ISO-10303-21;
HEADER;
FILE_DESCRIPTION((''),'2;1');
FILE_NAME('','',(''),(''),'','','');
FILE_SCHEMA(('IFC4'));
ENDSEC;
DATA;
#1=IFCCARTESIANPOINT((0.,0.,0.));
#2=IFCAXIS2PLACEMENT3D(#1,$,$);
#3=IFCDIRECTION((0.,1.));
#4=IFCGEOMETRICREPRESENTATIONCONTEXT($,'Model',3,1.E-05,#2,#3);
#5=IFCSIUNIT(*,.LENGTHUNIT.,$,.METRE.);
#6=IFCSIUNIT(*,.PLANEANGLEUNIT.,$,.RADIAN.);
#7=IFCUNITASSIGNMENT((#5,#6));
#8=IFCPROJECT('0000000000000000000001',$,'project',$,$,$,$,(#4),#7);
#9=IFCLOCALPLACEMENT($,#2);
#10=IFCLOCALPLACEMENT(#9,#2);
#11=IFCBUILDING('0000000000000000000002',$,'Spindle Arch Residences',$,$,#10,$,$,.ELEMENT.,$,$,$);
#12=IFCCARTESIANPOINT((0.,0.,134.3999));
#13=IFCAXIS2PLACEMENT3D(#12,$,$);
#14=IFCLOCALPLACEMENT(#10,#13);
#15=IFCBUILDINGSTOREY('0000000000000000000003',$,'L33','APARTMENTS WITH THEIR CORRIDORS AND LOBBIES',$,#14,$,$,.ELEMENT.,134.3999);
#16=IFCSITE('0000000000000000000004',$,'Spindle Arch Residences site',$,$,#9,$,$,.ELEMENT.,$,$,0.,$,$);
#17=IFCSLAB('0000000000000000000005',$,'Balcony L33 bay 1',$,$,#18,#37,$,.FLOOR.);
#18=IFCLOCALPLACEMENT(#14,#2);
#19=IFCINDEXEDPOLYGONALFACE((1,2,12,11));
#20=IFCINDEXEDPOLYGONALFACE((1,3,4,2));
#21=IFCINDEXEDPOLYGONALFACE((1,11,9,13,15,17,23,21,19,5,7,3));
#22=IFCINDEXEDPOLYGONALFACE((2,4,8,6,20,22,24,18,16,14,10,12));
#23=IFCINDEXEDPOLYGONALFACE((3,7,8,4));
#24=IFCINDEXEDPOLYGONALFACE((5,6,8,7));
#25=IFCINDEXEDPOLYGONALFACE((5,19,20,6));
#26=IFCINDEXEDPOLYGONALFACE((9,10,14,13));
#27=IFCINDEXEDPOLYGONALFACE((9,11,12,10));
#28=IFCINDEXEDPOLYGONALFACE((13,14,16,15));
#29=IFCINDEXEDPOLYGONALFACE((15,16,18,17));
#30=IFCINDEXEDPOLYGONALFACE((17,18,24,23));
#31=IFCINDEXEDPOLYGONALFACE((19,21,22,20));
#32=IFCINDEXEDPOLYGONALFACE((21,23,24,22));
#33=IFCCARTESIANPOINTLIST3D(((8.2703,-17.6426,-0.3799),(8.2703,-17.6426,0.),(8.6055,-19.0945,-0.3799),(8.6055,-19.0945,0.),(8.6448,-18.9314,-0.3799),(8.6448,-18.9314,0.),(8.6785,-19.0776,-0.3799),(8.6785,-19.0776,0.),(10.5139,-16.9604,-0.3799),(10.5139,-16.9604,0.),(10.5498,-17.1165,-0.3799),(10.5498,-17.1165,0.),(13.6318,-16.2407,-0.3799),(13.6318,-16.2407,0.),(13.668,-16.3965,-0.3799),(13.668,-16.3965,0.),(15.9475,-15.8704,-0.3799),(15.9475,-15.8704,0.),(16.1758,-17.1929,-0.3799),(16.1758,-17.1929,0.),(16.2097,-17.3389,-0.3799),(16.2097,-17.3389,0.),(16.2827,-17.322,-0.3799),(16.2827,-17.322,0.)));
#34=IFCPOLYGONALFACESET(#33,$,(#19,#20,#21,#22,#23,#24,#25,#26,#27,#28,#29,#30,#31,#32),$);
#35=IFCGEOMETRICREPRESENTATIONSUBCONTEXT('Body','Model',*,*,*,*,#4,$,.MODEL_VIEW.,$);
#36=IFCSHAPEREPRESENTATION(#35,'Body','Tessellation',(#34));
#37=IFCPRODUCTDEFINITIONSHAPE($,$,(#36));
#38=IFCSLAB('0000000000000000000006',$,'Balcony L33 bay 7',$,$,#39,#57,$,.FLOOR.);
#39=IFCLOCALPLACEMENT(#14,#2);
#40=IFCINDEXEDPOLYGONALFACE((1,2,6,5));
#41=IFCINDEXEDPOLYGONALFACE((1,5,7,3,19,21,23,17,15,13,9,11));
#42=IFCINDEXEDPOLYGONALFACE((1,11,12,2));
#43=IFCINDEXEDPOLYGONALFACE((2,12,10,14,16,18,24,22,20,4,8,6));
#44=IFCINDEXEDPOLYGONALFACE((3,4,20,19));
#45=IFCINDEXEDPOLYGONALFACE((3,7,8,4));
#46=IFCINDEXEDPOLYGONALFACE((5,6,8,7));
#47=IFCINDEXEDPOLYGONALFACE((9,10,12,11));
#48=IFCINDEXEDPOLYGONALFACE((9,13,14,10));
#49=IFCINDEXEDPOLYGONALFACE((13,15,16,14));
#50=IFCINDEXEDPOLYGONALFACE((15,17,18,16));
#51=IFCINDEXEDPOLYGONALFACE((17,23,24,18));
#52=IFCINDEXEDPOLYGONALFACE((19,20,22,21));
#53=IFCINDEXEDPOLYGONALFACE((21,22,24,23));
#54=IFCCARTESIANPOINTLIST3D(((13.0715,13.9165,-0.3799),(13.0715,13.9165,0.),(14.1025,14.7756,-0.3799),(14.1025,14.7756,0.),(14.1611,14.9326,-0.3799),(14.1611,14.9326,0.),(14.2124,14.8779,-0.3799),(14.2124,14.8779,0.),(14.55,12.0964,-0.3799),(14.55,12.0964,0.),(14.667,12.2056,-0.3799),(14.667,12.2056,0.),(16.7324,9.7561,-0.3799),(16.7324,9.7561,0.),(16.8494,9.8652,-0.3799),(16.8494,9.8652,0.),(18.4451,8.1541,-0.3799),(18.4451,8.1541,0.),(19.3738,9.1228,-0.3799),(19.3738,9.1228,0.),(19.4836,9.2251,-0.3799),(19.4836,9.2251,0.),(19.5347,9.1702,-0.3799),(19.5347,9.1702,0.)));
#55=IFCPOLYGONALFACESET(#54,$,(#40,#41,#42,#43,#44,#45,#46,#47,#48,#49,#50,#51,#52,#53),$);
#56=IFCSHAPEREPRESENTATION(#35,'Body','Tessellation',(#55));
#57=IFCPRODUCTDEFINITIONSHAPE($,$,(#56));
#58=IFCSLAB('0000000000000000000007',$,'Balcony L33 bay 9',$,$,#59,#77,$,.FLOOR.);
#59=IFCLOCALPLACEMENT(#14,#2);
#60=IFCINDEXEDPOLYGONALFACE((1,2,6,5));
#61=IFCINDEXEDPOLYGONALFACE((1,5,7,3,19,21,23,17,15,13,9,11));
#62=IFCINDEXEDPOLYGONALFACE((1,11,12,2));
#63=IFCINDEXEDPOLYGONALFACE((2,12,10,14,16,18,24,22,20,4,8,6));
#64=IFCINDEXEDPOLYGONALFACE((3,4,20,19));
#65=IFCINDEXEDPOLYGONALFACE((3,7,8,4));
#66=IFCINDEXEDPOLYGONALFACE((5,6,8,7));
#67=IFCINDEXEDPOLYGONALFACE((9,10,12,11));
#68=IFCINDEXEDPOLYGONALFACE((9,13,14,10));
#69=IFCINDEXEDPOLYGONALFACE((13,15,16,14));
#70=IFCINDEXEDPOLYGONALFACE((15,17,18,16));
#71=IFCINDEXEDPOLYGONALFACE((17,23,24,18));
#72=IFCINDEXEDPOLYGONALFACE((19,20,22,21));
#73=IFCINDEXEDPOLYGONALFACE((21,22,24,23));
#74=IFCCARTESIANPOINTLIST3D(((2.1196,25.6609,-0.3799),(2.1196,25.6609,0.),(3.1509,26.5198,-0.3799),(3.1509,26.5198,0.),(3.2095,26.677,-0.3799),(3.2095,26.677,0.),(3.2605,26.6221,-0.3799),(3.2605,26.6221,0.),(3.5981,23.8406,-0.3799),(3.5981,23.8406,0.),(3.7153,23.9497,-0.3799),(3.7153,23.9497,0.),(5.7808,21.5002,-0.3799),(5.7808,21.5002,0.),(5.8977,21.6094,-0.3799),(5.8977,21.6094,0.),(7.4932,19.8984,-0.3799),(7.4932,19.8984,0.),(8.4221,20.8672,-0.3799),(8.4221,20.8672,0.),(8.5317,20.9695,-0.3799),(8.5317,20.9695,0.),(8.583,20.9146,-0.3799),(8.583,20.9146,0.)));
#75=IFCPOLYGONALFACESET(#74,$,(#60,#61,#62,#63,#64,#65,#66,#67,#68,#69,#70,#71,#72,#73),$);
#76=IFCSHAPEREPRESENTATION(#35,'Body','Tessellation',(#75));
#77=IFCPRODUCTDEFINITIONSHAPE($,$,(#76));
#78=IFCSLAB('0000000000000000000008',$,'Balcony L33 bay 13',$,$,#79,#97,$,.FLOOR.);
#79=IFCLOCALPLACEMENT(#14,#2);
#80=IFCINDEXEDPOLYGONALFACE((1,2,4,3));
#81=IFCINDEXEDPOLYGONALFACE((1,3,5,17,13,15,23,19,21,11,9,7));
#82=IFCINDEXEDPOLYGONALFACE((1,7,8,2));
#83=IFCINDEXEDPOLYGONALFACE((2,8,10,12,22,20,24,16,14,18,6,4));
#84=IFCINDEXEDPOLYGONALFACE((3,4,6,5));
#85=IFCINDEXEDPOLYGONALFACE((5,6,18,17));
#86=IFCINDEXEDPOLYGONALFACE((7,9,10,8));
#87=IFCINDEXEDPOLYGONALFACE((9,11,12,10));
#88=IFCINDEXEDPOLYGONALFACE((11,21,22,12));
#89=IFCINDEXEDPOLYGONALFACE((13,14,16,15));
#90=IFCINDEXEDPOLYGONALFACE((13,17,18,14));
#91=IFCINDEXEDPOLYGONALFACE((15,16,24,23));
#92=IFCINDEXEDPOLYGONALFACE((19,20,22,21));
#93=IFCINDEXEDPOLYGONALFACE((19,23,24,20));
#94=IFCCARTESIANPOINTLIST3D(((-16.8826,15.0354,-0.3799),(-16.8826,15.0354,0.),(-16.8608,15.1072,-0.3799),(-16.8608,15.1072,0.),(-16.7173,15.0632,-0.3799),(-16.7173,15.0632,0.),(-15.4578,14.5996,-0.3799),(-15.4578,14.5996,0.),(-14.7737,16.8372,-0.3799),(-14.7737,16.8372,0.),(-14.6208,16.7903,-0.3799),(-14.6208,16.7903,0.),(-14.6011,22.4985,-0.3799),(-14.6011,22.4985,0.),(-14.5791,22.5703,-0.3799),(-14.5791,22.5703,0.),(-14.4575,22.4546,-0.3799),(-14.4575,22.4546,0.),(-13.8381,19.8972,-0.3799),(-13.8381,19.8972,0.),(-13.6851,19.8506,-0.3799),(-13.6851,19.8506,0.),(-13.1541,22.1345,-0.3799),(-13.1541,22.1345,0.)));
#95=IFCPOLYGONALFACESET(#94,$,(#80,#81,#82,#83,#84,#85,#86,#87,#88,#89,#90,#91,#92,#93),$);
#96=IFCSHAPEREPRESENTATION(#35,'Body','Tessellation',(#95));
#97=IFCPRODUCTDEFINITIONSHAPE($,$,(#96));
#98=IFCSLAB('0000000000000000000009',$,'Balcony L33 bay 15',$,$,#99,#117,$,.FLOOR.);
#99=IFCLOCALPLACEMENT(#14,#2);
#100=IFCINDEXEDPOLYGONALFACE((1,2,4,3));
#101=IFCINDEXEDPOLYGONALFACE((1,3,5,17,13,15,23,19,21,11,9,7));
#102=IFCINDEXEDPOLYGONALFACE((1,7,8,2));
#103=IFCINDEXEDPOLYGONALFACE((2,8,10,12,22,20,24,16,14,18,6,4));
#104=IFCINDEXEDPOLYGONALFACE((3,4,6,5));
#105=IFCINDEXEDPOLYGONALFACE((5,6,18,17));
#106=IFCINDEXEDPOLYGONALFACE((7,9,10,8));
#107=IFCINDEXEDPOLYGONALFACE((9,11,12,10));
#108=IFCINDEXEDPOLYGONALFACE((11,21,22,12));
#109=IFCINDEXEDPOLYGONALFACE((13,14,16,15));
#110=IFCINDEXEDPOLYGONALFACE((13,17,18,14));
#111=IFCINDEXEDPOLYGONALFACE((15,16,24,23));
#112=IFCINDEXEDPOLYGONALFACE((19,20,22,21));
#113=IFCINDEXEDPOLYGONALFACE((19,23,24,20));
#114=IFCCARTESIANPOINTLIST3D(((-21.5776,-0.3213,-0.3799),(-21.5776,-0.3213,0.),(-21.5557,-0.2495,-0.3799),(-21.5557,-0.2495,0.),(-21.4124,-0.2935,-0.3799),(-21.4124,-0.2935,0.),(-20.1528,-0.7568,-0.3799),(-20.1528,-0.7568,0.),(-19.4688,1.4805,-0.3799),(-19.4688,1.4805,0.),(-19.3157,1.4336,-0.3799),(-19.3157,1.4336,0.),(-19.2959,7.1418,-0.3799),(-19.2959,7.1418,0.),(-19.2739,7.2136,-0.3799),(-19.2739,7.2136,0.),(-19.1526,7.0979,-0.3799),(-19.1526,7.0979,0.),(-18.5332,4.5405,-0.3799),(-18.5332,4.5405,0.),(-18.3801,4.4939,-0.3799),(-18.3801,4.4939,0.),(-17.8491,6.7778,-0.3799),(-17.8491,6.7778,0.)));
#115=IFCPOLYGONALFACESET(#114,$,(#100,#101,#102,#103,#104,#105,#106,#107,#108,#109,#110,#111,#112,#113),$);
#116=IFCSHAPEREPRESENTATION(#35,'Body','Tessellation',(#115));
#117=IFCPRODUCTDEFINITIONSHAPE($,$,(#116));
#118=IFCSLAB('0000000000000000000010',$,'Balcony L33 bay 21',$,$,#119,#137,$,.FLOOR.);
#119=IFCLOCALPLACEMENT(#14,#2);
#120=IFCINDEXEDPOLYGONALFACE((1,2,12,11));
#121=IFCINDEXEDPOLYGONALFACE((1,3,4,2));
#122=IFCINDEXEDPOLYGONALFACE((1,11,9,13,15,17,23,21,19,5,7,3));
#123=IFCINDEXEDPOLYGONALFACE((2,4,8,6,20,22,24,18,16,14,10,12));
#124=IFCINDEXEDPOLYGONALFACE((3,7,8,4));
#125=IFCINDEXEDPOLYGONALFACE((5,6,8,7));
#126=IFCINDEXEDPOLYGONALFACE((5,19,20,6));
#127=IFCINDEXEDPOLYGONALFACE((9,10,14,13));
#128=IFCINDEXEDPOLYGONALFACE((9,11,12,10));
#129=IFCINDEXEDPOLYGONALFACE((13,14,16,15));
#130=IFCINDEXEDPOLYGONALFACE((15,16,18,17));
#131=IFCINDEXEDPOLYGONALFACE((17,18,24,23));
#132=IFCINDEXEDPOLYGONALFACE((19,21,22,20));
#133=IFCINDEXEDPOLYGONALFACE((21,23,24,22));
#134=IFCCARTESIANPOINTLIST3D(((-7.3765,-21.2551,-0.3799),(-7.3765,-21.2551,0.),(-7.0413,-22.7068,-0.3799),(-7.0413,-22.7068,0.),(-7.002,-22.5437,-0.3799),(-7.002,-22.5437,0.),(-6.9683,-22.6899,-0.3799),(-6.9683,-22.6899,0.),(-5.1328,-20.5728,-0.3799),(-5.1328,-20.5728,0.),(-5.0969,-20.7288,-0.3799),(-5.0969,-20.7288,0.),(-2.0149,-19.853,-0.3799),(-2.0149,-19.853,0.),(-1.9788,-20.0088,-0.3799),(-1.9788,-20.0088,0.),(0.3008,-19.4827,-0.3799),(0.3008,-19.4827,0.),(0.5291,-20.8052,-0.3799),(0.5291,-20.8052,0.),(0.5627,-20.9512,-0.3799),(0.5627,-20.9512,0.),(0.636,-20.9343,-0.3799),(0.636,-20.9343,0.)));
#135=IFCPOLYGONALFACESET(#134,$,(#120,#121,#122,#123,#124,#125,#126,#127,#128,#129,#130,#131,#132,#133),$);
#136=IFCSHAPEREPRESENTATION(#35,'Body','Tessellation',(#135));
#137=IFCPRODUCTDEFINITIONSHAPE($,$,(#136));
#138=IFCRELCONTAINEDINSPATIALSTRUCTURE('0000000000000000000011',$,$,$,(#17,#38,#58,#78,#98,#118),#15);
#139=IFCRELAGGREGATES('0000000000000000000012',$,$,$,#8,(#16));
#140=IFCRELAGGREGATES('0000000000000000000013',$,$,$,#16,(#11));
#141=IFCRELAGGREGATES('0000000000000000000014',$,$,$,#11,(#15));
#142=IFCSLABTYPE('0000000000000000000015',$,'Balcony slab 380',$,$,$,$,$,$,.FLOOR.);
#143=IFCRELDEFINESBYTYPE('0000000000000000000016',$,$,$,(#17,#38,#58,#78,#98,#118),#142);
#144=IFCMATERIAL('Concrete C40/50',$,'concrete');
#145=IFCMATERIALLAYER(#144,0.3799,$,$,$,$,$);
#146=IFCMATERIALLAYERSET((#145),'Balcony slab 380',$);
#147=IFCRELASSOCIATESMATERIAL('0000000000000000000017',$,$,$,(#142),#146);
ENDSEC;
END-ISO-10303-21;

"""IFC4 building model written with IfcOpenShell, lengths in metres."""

from ifc_helpers import new_model, si_unit, direction, frame, origin, place, context, subcontext, project, spatial, polyline, outline, extrude, material, layer, layer_set, type_object, element, save


model = new_model("IFC4")

# Units and contexts
model_context = context("Model", 3, precision=1e-05, world=origin(), true_north=direction((0.0, 1.0)))
body_context = subcontext(model_context, "Body", "Model", "MODEL_VIEW")
ifc_project = project(units=[si_unit("LENGTHUNIT", "METRE"), si_unit("PLANEANGLEUNIT", "RADIAN")], contexts=[model_context])

# Site, building, storey
site_placement = place(None, origin())
site = spatial("IfcSite", under=ifc_project, at=site_placement, Name="Spindle Arch Residences site", CompositionType="ELEMENT", RefElevation=0.0)
building_placement = place(site_placement, origin())
building = spatial("IfcBuilding", under=site, at=building_placement, Name="Spindle Arch Residences", CompositionType="ELEMENT")
storey_placement = place(building_placement, frame((0.0, 0.0, 134.3999)))
storey = spatial("IfcBuildingStorey", under=building, at=storey_placement, Name="L33", Description="APARTMENTS WITH THEIR CORRIDORS AND LOBBIES", CompositionType="ELEMENT", Elevation=134.3999)

# Slabs
ifc_material_1 = material(Name="Concrete C40/50", Category="concrete")
ifc_layer_1 = layer(ifc_material_1, 0.3799)
ifc_layer_set_1 = layer_set([ifc_layer_1], Name="Balcony slab 380")
slab_type_1 = type_object("IfcSlabType", Name="Balcony slab 380", PredefinedType="FLOOR", material=ifc_layer_set_1)
slab_1_placement = place(storey_placement, frame((0.0, 0.0, -0.3799)))
element("IfcSlab", 1, at=slab_1_placement, inside=storey, type_object=slab_type_1, Name="Balcony L33 bay 1", PredefinedType="FLOOR", context=body_context, shape_type="SweptSolid", body=[
    extrude(outline(polyline([(8.6055, -19.0945), (8.6785, -19.0776), (8.6448, -18.9314), (16.1758, -17.1929), (16.2097, -17.3389), (16.2827, -17.322), (15.9475, -15.8704), (13.668, -16.3965), (13.6318, -16.2407), (10.5139, -16.9604), (10.5498, -17.1165), (8.2703, -17.6426), (8.6055, -19.0945)])), origin(), (0.0, 0.0, 1.0), 0.3799),
])
slab_2_placement = place(storey_placement, frame((0.0, 0.0, -0.3799)))
element("IfcSlab", 2, at=slab_2_placement, inside=storey, type_object=slab_type_1, Name="Balcony L33 bay 7", PredefinedType="FLOOR", context=body_context, shape_type="SweptSolid", body=[
    extrude(outline(polyline([(19.5347, 9.1702), (19.4836, 9.2251), (19.3738, 9.1228), (14.1025, 14.7756), (14.2124, 14.8779), (14.1611, 14.9326), (13.0715, 13.9165), (14.667, 12.2056), (14.55, 12.0964), (16.7324, 9.7561), (16.8494, 9.8652), (18.4451, 8.1541), (19.5347, 9.1702)])), origin(), (0.0, 0.0, 1.0), 0.3799),
])
slab_3_placement = place(storey_placement, frame((0.0, 0.0, -0.3799)))
element("IfcSlab", 3, at=slab_3_placement, inside=storey, type_object=slab_type_1, Name="Balcony L33 bay 9", PredefinedType="FLOOR", context=body_context, shape_type="SweptSolid", body=[
    extrude(outline(polyline([(8.583, 20.9146), (8.5317, 20.9695), (8.4221, 20.8672), (3.1509, 26.5198), (3.2605, 26.6221), (3.2095, 26.677), (2.1196, 25.6609), (3.7153, 23.9497), (3.5981, 23.8406), (5.7808, 21.5002), (5.8977, 21.6094), (7.4932, 19.8984), (8.583, 20.9146)])), origin(), (0.0, 0.0, 1.0), 0.3799),
])
slab_4_placement = place(storey_placement, frame((0.0, 0.0, -0.3799)))
element("IfcSlab", 4, at=slab_4_placement, inside=storey, type_object=slab_type_1, Name="Balcony L33 bay 13", PredefinedType="FLOOR", context=body_context, shape_type="SweptSolid", body=[
    extrude(outline(polyline([(-14.5791, 22.5703), (-14.6011, 22.4985), (-14.4575, 22.4546), (-16.7173, 15.0632), (-16.8608, 15.1072), (-16.8826, 15.0354), (-15.4578, 14.5996), (-14.7737, 16.8372), (-14.6208, 16.7903), (-13.6851, 19.8506), (-13.8381, 19.8972), (-13.1541, 22.1345), (-14.5791, 22.5703)])), origin(), (0.0, 0.0, 1.0), 0.3799),
])
slab_5_placement = place(storey_placement, frame((0.0, 0.0, -0.3799)))
element("IfcSlab", 5, at=slab_5_placement, inside=storey, type_object=slab_type_1, Name="Balcony L33 bay 15", PredefinedType="FLOOR", context=body_context, shape_type="SweptSolid", body=[
    extrude(outline(polyline([(-19.2739, 7.2136), (-19.2959, 7.1418), (-19.1526, 7.0979), (-21.4124, -0.2935), (-21.5557, -0.2495), (-21.5776, -0.3213), (-20.1528, -0.7568), (-19.4688, 1.4805), (-19.3157, 1.4336), (-18.3801, 4.4939), (-18.5332, 4.5405), (-17.8491, 6.7778), (-19.2739, 7.2136)])), origin(), (0.0, 0.0, 1.0), 0.3799),
])
slab_6_placement = place(storey_placement, frame((0.0, 0.0, -0.3799)))
element("IfcSlab", 6, at=slab_6_placement, inside=storey, type_object=slab_type_1, Name="Balcony L33 bay 21", PredefinedType="FLOOR", context=body_context, shape_type="SweptSolid", body=[
    extrude(outline(polyline([(-7.0413, -22.7068), (-6.9683, -22.6899), (-7.002, -22.5437), (0.5291, -20.8052), (0.5627, -20.9512), (0.636, -20.9343), (0.3008, -19.4827), (-1.9788, -20.0088), (-2.0149, -19.853), (-5.1328, -20.5728), (-5.0969, -20.7288), (-7.3765, -21.2551), (-7.0413, -22.7068)])), origin(), (0.0, 0.0, 1.0), 0.3799),
])

save(model, "model.ifc")
